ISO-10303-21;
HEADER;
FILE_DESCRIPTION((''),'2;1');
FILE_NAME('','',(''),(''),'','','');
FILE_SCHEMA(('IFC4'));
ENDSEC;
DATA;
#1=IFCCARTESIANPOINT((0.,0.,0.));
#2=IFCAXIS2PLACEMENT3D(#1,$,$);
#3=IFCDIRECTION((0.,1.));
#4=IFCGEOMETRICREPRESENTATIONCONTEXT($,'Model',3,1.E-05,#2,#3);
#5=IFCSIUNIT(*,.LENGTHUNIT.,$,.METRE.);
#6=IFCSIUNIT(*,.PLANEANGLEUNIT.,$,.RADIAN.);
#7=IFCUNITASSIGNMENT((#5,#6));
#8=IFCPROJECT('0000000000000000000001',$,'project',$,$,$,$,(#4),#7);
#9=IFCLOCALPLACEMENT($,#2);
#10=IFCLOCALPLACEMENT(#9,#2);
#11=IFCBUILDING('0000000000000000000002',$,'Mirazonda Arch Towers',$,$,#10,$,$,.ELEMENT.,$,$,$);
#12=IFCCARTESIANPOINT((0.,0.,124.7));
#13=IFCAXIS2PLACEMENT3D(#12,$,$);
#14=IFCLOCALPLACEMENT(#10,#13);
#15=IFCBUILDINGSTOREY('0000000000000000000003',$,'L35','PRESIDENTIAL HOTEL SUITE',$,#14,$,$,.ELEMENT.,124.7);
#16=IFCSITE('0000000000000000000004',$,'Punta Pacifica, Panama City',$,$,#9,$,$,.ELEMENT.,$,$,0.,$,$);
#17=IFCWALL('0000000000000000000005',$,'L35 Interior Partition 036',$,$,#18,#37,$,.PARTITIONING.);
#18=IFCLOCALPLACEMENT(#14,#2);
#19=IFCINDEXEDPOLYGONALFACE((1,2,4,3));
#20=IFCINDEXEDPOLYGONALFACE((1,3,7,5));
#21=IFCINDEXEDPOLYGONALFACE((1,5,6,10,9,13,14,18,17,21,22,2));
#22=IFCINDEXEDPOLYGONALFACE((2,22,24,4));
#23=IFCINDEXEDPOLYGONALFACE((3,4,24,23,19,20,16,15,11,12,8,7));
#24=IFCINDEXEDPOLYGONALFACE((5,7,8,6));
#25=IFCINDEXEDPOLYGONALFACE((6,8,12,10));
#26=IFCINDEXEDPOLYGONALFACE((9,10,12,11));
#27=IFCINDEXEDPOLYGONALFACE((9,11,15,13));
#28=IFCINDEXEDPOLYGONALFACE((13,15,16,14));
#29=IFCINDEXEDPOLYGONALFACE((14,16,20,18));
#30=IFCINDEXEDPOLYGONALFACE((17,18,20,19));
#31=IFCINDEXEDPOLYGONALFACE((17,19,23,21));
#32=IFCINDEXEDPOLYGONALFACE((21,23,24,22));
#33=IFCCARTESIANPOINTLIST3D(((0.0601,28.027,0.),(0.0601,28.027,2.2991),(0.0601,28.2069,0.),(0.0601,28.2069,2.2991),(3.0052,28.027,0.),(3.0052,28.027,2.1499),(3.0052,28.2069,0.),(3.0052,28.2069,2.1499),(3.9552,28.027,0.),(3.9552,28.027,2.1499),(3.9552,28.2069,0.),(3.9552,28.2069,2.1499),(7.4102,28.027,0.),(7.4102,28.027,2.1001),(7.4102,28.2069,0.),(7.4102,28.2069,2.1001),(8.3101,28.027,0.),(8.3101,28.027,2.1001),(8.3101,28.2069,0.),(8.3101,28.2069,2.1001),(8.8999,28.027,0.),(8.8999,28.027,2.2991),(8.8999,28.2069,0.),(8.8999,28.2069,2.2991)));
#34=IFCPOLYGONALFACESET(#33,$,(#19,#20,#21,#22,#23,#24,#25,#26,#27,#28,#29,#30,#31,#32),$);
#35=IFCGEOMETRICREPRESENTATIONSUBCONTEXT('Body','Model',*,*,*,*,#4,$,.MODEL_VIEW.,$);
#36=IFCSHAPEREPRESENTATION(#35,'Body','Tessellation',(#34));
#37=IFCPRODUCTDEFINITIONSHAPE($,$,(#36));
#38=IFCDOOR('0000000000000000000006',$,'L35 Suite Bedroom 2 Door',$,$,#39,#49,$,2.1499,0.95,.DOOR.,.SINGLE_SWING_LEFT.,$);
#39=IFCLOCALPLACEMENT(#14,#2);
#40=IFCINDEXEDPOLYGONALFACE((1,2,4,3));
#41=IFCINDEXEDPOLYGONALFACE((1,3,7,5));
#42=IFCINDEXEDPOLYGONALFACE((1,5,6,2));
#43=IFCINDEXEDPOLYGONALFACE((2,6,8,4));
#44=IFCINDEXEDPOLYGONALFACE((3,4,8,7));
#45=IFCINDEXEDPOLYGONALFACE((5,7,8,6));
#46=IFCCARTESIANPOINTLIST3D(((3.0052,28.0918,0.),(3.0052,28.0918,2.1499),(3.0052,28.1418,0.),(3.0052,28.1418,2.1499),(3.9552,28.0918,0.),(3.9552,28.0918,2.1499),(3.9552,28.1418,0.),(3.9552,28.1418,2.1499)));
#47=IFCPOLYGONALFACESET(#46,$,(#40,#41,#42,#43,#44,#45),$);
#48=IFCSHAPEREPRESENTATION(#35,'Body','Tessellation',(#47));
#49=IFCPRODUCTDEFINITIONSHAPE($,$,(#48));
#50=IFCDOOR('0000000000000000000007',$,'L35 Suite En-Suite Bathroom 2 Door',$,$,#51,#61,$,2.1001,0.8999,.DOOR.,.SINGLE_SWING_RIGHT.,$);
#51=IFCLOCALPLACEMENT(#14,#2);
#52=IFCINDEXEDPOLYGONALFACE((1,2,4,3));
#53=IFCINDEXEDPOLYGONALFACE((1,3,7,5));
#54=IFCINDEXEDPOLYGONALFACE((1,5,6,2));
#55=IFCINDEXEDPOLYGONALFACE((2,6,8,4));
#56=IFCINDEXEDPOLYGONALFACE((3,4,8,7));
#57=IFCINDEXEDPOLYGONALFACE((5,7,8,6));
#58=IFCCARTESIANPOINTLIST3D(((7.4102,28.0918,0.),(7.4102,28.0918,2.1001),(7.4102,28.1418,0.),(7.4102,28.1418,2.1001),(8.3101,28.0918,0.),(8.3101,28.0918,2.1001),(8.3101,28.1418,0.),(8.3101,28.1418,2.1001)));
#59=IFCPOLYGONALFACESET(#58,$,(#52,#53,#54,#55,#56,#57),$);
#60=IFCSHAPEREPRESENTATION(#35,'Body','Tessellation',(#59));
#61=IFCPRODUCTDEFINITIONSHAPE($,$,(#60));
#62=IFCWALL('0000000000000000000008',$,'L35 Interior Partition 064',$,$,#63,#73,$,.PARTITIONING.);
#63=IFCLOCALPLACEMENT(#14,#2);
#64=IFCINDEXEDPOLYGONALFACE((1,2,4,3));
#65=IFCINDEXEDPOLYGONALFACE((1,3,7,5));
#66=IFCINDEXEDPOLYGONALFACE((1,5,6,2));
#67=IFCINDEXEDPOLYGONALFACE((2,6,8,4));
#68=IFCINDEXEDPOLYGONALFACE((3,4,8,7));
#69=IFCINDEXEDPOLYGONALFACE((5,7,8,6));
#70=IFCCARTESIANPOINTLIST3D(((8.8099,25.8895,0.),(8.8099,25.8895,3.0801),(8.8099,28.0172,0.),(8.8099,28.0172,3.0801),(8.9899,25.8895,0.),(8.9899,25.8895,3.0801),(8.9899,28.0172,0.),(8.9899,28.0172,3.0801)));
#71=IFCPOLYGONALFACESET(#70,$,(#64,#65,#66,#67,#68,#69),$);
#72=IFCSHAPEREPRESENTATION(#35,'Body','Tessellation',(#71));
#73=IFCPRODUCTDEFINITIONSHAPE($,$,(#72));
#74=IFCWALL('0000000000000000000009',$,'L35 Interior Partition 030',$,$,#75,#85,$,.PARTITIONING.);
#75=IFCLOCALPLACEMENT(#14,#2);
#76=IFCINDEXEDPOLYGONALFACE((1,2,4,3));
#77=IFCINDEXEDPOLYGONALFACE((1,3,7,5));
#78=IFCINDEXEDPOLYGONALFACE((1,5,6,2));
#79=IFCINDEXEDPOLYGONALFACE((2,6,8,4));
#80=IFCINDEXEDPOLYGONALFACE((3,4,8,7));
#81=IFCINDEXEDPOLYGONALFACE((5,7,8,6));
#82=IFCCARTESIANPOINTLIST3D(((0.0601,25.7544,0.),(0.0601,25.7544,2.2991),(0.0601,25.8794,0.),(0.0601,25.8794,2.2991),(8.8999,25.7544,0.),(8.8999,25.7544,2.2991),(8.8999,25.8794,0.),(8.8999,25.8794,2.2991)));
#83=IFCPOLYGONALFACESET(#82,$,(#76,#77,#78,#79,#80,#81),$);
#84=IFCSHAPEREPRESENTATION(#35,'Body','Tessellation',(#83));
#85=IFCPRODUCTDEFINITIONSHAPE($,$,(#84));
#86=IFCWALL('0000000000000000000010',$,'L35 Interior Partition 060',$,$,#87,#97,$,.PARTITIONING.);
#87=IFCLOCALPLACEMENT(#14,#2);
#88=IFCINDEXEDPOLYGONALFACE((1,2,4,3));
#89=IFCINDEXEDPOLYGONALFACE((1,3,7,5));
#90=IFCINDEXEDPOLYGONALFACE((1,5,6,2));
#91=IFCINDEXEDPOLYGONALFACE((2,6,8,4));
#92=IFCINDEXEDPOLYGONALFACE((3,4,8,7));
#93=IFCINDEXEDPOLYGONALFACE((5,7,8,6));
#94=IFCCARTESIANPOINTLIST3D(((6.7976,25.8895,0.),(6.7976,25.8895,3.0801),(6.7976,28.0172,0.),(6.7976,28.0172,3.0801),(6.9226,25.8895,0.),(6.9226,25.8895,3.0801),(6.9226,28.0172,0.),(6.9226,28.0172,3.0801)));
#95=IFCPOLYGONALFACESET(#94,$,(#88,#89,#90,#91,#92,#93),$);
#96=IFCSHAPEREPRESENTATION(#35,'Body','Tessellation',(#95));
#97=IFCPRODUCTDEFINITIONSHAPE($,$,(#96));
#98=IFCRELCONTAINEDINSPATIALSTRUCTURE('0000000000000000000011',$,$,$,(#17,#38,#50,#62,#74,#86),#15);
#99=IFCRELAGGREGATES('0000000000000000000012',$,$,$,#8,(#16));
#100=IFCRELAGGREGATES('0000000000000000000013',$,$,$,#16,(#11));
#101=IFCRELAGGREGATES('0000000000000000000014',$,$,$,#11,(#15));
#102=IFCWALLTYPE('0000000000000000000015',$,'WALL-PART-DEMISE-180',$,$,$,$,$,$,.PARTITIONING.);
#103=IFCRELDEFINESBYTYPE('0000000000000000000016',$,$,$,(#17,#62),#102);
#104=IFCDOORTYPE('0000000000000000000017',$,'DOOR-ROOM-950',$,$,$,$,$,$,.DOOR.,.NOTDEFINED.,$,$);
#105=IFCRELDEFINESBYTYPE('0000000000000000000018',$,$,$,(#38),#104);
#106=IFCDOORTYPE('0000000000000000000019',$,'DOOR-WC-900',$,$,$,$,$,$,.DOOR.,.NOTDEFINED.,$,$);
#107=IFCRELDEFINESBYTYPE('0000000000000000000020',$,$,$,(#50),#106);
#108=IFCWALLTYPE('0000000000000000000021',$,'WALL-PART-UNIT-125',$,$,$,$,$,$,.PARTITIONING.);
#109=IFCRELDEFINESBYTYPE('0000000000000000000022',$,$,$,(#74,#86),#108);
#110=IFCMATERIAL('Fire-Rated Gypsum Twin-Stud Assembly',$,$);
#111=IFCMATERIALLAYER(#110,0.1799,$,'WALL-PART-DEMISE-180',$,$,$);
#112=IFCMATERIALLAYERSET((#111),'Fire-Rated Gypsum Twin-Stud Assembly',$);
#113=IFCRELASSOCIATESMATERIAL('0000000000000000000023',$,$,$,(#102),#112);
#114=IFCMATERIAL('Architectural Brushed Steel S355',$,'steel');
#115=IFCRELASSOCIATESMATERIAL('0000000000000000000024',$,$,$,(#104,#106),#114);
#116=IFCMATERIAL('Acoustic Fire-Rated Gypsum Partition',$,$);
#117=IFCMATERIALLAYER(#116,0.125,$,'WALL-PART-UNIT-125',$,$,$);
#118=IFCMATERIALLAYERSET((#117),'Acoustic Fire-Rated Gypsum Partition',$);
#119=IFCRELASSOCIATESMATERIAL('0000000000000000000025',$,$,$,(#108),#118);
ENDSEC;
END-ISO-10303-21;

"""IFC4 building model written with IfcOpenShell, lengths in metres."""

from ifc_helpers import new_model, si_unit, direction, frame, frame_2d, origin, place, context, subcontext, project, spatial, rectangle, extrude, material, layer, layer_set, type_object, element, fill, save


model = new_model("IFC4")

# Units and contexts
model_context = context("Model", 3, precision=1e-05, world=origin(), true_north=direction((0.0, 1.0)))
body_context = subcontext(model_context, "Body", "Model", "MODEL_VIEW")
ifc_project = project(units=[si_unit("LENGTHUNIT", "METRE"), si_unit("PLANEANGLEUNIT", "RADIAN")], contexts=[model_context])

# Site, building, storey
site_placement = place(None, origin())
site = spatial("IfcSite", under=ifc_project, at=site_placement, Name="Punta Pacifica, Panama City", CompositionType="ELEMENT", RefElevation=0.0)
building_placement = place(site_placement, origin())
building = spatial("IfcBuilding", under=site, at=building_placement, Name="Mirazonda Arch Towers", CompositionType="ELEMENT")
storey_placement = place(building_placement, frame((0.0, 0.0, 124.7)))
storey = spatial("IfcBuildingStorey", under=building, at=storey_placement, Name="L35", Description="PRESIDENTIAL HOTEL SUITE", CompositionType="ELEMENT", Elevation=124.7)

# Wall, openings, doors
ifc_material_1 = material(Name="Fire-Rated Gypsum Twin-Stud Assembly")
ifc_layer_1 = layer(ifc_material_1, 0.1799, Name="WALL-PART-DEMISE-180")
ifc_layer_set_1 = layer_set([ifc_layer_1], Name="Fire-Rated Gypsum Twin-Stud Assembly")
wall_type_1 = type_object("IfcWallType", Name="WALL-PART-DEMISE-180", PredefinedType="PARTITIONING", material=ifc_layer_set_1)
wall_1_placement = place(storey_placement, frame((0.0601, 28.1169, 0.0), z_axis=(0.0, 0.0, 1.0), x_axis=(1.0, 0.0, 0.0)))
wall_1 = element("IfcWall", 1, at=wall_1_placement, inside=storey, type_object=wall_type_1, Name="L35 Interior Partition 036", PredefinedType="PARTITIONING", context=body_context, shape_type="SweptSolid", body=[
    extrude(rectangle(XDim=8.8398, YDim=0.1799, at=frame_2d((4.4199, 0.0))), origin(), (0.0, 0.0, 1.0), 2.2991),
])
opening_1_placement = place(wall_1_placement, frame((2.9451, 0.0, 0.0)))
opening_1 = element("IfcOpeningElement", 2, at=opening_1_placement, cuts=wall_1, PredefinedType="OPENING", context=body_context, shape_type="SweptSolid", body=[
    extrude(rectangle(XDim=0.95, YDim=2.1499, at=frame_2d((0.4751, 1.075))), frame((0.0, 0.0999, 0.0), z_axis=(0.0, -1.0, 0.0), x_axis=(1.0, 0.0, 0.0)), (0.0, 0.0, 1.0), 0.2),
])
opening_2_placement = place(wall_1_placement, frame((7.3501, 0.0, 0.0)))
opening_2 = element("IfcOpeningElement", 3, at=opening_2_placement, cuts=wall_1, PredefinedType="OPENING", context=body_context, shape_type="SweptSolid", body=[
    extrude(rectangle(XDim=0.8999, YDim=2.1001, at=frame_2d((0.45, 1.05))), frame((0.0, 0.0999, 0.0), z_axis=(0.0, -1.0, 0.0), x_axis=(1.0, 0.0, 0.0)), (0.0, 0.0, 1.0), 0.2),
])
ifc_material_2 = material(Name="Architectural Brushed Steel S355", Category="steel")
door_type_1 = type_object("IfcDoorType", Name="DOOR-ROOM-950", OperationType="NOTDEFINED", PredefinedType="DOOR", material=ifc_material_2)
door_1_placement = place(opening_1_placement, origin())
door_1 = element("IfcDoor", 4, at=door_1_placement, inside=storey, type_object=door_type_1, Name="L35 Suite Bedroom 2 Door", OperationType="SINGLE_SWING_LEFT", OverallHeight=2.1499, OverallWidth=0.95, PredefinedType="DOOR", context=body_context, shape_type="SweptSolid", body=[
    extrude(rectangle(XDim=0.95, YDim=2.1499, at=frame_2d((0.4751, 1.075))), frame((0.0, 0.0249, 0.0), z_axis=(0.0, -1.0, 0.0), x_axis=(1.0, 0.0, 0.0)), (0.0, 0.0, 1.0), 0.05),
])
fill(opening_1, door_1)
door_type_2 = type_object("IfcDoorType", Name="DOOR-WC-900", OperationType="NOTDEFINED", PredefinedType="DOOR", material=ifc_material_2)
door_2_placement = place(opening_2_placement, origin())
door_2 = element("IfcDoor", 5, at=door_2_placement, inside=storey, type_object=door_type_2, Name="L35 Suite En-Suite Bathroom 2 Door", OperationType="SINGLE_SWING_RIGHT", OverallHeight=2.1001, OverallWidth=0.8999, PredefinedType="DOOR", context=body_context, shape_type="SweptSolid", body=[
    extrude(rectangle(XDim=0.8999, YDim=2.1001, at=frame_2d((0.45, 1.05))), frame((0.0, 0.0249, 0.0), z_axis=(0.0, -1.0, 0.0), x_axis=(1.0, 0.0, 0.0)), (0.0, 0.0, 1.0), 0.05),
])
fill(opening_2, door_2)

# Walls
wall_2_placement = place(storey_placement, frame((8.8999, 25.8894, 0.0), z_axis=(0.0, 0.0, 1.0), x_axis=(0.0, 1.0, 0.0)))
element("IfcWall", 6, at=wall_2_placement, inside=storey, type_object=wall_type_1, Name="L35 Interior Partition 064", PredefinedType="PARTITIONING", context=body_context, shape_type="SweptSolid", body=[
    extrude(rectangle(XDim=2.1277, YDim=0.1799, at=frame_2d((1.064, 0.0))), origin(), (0.0, 0.0, 1.0), 3.0801),
])
ifc_material_3 = material(Name="Acoustic Fire-Rated Gypsum Partition")
ifc_layer_2 = layer(ifc_material_3, 0.125, Name="WALL-PART-UNIT-125")
ifc_layer_set_2 = layer_set([ifc_layer_2], Name="Acoustic Fire-Rated Gypsum Partition")
wall_type_2 = type_object("IfcWallType", Name="WALL-PART-UNIT-125", PredefinedType="PARTITIONING", material=ifc_layer_set_2)
wall_3_placement = place(storey_placement, frame((0.0601, 25.8169, 0.0), z_axis=(0.0, 0.0, 1.0), x_axis=(1.0, 0.0, 0.0)))
element("IfcWall", 7, at=wall_3_placement, inside=storey, type_object=wall_type_2, Name="L35 Interior Partition 030", PredefinedType="PARTITIONING", context=body_context, shape_type="SweptSolid", body=[
    extrude(rectangle(XDim=8.8398, YDim=0.125, at=frame_2d((4.4199, 0.0))), origin(), (0.0, 0.0, 1.0), 2.2991),
])
wall_4_placement = place(storey_placement, frame((6.8601, 25.8894, 0.0), z_axis=(0.0, 0.0, 1.0), x_axis=(0.0, 1.0, 0.0)))
element("IfcWall", 8, at=wall_4_placement, inside=storey, type_object=wall_type_2, Name="L35 Interior Partition 060", PredefinedType="PARTITIONING", context=body_context, shape_type="SweptSolid", body=[
    extrude(rectangle(XDim=2.1277, YDim=0.125, at=frame_2d((1.064, 0.0))), origin(), (0.0, 0.0, 1.0), 3.0801),
])

save(model, "model.ifc")
